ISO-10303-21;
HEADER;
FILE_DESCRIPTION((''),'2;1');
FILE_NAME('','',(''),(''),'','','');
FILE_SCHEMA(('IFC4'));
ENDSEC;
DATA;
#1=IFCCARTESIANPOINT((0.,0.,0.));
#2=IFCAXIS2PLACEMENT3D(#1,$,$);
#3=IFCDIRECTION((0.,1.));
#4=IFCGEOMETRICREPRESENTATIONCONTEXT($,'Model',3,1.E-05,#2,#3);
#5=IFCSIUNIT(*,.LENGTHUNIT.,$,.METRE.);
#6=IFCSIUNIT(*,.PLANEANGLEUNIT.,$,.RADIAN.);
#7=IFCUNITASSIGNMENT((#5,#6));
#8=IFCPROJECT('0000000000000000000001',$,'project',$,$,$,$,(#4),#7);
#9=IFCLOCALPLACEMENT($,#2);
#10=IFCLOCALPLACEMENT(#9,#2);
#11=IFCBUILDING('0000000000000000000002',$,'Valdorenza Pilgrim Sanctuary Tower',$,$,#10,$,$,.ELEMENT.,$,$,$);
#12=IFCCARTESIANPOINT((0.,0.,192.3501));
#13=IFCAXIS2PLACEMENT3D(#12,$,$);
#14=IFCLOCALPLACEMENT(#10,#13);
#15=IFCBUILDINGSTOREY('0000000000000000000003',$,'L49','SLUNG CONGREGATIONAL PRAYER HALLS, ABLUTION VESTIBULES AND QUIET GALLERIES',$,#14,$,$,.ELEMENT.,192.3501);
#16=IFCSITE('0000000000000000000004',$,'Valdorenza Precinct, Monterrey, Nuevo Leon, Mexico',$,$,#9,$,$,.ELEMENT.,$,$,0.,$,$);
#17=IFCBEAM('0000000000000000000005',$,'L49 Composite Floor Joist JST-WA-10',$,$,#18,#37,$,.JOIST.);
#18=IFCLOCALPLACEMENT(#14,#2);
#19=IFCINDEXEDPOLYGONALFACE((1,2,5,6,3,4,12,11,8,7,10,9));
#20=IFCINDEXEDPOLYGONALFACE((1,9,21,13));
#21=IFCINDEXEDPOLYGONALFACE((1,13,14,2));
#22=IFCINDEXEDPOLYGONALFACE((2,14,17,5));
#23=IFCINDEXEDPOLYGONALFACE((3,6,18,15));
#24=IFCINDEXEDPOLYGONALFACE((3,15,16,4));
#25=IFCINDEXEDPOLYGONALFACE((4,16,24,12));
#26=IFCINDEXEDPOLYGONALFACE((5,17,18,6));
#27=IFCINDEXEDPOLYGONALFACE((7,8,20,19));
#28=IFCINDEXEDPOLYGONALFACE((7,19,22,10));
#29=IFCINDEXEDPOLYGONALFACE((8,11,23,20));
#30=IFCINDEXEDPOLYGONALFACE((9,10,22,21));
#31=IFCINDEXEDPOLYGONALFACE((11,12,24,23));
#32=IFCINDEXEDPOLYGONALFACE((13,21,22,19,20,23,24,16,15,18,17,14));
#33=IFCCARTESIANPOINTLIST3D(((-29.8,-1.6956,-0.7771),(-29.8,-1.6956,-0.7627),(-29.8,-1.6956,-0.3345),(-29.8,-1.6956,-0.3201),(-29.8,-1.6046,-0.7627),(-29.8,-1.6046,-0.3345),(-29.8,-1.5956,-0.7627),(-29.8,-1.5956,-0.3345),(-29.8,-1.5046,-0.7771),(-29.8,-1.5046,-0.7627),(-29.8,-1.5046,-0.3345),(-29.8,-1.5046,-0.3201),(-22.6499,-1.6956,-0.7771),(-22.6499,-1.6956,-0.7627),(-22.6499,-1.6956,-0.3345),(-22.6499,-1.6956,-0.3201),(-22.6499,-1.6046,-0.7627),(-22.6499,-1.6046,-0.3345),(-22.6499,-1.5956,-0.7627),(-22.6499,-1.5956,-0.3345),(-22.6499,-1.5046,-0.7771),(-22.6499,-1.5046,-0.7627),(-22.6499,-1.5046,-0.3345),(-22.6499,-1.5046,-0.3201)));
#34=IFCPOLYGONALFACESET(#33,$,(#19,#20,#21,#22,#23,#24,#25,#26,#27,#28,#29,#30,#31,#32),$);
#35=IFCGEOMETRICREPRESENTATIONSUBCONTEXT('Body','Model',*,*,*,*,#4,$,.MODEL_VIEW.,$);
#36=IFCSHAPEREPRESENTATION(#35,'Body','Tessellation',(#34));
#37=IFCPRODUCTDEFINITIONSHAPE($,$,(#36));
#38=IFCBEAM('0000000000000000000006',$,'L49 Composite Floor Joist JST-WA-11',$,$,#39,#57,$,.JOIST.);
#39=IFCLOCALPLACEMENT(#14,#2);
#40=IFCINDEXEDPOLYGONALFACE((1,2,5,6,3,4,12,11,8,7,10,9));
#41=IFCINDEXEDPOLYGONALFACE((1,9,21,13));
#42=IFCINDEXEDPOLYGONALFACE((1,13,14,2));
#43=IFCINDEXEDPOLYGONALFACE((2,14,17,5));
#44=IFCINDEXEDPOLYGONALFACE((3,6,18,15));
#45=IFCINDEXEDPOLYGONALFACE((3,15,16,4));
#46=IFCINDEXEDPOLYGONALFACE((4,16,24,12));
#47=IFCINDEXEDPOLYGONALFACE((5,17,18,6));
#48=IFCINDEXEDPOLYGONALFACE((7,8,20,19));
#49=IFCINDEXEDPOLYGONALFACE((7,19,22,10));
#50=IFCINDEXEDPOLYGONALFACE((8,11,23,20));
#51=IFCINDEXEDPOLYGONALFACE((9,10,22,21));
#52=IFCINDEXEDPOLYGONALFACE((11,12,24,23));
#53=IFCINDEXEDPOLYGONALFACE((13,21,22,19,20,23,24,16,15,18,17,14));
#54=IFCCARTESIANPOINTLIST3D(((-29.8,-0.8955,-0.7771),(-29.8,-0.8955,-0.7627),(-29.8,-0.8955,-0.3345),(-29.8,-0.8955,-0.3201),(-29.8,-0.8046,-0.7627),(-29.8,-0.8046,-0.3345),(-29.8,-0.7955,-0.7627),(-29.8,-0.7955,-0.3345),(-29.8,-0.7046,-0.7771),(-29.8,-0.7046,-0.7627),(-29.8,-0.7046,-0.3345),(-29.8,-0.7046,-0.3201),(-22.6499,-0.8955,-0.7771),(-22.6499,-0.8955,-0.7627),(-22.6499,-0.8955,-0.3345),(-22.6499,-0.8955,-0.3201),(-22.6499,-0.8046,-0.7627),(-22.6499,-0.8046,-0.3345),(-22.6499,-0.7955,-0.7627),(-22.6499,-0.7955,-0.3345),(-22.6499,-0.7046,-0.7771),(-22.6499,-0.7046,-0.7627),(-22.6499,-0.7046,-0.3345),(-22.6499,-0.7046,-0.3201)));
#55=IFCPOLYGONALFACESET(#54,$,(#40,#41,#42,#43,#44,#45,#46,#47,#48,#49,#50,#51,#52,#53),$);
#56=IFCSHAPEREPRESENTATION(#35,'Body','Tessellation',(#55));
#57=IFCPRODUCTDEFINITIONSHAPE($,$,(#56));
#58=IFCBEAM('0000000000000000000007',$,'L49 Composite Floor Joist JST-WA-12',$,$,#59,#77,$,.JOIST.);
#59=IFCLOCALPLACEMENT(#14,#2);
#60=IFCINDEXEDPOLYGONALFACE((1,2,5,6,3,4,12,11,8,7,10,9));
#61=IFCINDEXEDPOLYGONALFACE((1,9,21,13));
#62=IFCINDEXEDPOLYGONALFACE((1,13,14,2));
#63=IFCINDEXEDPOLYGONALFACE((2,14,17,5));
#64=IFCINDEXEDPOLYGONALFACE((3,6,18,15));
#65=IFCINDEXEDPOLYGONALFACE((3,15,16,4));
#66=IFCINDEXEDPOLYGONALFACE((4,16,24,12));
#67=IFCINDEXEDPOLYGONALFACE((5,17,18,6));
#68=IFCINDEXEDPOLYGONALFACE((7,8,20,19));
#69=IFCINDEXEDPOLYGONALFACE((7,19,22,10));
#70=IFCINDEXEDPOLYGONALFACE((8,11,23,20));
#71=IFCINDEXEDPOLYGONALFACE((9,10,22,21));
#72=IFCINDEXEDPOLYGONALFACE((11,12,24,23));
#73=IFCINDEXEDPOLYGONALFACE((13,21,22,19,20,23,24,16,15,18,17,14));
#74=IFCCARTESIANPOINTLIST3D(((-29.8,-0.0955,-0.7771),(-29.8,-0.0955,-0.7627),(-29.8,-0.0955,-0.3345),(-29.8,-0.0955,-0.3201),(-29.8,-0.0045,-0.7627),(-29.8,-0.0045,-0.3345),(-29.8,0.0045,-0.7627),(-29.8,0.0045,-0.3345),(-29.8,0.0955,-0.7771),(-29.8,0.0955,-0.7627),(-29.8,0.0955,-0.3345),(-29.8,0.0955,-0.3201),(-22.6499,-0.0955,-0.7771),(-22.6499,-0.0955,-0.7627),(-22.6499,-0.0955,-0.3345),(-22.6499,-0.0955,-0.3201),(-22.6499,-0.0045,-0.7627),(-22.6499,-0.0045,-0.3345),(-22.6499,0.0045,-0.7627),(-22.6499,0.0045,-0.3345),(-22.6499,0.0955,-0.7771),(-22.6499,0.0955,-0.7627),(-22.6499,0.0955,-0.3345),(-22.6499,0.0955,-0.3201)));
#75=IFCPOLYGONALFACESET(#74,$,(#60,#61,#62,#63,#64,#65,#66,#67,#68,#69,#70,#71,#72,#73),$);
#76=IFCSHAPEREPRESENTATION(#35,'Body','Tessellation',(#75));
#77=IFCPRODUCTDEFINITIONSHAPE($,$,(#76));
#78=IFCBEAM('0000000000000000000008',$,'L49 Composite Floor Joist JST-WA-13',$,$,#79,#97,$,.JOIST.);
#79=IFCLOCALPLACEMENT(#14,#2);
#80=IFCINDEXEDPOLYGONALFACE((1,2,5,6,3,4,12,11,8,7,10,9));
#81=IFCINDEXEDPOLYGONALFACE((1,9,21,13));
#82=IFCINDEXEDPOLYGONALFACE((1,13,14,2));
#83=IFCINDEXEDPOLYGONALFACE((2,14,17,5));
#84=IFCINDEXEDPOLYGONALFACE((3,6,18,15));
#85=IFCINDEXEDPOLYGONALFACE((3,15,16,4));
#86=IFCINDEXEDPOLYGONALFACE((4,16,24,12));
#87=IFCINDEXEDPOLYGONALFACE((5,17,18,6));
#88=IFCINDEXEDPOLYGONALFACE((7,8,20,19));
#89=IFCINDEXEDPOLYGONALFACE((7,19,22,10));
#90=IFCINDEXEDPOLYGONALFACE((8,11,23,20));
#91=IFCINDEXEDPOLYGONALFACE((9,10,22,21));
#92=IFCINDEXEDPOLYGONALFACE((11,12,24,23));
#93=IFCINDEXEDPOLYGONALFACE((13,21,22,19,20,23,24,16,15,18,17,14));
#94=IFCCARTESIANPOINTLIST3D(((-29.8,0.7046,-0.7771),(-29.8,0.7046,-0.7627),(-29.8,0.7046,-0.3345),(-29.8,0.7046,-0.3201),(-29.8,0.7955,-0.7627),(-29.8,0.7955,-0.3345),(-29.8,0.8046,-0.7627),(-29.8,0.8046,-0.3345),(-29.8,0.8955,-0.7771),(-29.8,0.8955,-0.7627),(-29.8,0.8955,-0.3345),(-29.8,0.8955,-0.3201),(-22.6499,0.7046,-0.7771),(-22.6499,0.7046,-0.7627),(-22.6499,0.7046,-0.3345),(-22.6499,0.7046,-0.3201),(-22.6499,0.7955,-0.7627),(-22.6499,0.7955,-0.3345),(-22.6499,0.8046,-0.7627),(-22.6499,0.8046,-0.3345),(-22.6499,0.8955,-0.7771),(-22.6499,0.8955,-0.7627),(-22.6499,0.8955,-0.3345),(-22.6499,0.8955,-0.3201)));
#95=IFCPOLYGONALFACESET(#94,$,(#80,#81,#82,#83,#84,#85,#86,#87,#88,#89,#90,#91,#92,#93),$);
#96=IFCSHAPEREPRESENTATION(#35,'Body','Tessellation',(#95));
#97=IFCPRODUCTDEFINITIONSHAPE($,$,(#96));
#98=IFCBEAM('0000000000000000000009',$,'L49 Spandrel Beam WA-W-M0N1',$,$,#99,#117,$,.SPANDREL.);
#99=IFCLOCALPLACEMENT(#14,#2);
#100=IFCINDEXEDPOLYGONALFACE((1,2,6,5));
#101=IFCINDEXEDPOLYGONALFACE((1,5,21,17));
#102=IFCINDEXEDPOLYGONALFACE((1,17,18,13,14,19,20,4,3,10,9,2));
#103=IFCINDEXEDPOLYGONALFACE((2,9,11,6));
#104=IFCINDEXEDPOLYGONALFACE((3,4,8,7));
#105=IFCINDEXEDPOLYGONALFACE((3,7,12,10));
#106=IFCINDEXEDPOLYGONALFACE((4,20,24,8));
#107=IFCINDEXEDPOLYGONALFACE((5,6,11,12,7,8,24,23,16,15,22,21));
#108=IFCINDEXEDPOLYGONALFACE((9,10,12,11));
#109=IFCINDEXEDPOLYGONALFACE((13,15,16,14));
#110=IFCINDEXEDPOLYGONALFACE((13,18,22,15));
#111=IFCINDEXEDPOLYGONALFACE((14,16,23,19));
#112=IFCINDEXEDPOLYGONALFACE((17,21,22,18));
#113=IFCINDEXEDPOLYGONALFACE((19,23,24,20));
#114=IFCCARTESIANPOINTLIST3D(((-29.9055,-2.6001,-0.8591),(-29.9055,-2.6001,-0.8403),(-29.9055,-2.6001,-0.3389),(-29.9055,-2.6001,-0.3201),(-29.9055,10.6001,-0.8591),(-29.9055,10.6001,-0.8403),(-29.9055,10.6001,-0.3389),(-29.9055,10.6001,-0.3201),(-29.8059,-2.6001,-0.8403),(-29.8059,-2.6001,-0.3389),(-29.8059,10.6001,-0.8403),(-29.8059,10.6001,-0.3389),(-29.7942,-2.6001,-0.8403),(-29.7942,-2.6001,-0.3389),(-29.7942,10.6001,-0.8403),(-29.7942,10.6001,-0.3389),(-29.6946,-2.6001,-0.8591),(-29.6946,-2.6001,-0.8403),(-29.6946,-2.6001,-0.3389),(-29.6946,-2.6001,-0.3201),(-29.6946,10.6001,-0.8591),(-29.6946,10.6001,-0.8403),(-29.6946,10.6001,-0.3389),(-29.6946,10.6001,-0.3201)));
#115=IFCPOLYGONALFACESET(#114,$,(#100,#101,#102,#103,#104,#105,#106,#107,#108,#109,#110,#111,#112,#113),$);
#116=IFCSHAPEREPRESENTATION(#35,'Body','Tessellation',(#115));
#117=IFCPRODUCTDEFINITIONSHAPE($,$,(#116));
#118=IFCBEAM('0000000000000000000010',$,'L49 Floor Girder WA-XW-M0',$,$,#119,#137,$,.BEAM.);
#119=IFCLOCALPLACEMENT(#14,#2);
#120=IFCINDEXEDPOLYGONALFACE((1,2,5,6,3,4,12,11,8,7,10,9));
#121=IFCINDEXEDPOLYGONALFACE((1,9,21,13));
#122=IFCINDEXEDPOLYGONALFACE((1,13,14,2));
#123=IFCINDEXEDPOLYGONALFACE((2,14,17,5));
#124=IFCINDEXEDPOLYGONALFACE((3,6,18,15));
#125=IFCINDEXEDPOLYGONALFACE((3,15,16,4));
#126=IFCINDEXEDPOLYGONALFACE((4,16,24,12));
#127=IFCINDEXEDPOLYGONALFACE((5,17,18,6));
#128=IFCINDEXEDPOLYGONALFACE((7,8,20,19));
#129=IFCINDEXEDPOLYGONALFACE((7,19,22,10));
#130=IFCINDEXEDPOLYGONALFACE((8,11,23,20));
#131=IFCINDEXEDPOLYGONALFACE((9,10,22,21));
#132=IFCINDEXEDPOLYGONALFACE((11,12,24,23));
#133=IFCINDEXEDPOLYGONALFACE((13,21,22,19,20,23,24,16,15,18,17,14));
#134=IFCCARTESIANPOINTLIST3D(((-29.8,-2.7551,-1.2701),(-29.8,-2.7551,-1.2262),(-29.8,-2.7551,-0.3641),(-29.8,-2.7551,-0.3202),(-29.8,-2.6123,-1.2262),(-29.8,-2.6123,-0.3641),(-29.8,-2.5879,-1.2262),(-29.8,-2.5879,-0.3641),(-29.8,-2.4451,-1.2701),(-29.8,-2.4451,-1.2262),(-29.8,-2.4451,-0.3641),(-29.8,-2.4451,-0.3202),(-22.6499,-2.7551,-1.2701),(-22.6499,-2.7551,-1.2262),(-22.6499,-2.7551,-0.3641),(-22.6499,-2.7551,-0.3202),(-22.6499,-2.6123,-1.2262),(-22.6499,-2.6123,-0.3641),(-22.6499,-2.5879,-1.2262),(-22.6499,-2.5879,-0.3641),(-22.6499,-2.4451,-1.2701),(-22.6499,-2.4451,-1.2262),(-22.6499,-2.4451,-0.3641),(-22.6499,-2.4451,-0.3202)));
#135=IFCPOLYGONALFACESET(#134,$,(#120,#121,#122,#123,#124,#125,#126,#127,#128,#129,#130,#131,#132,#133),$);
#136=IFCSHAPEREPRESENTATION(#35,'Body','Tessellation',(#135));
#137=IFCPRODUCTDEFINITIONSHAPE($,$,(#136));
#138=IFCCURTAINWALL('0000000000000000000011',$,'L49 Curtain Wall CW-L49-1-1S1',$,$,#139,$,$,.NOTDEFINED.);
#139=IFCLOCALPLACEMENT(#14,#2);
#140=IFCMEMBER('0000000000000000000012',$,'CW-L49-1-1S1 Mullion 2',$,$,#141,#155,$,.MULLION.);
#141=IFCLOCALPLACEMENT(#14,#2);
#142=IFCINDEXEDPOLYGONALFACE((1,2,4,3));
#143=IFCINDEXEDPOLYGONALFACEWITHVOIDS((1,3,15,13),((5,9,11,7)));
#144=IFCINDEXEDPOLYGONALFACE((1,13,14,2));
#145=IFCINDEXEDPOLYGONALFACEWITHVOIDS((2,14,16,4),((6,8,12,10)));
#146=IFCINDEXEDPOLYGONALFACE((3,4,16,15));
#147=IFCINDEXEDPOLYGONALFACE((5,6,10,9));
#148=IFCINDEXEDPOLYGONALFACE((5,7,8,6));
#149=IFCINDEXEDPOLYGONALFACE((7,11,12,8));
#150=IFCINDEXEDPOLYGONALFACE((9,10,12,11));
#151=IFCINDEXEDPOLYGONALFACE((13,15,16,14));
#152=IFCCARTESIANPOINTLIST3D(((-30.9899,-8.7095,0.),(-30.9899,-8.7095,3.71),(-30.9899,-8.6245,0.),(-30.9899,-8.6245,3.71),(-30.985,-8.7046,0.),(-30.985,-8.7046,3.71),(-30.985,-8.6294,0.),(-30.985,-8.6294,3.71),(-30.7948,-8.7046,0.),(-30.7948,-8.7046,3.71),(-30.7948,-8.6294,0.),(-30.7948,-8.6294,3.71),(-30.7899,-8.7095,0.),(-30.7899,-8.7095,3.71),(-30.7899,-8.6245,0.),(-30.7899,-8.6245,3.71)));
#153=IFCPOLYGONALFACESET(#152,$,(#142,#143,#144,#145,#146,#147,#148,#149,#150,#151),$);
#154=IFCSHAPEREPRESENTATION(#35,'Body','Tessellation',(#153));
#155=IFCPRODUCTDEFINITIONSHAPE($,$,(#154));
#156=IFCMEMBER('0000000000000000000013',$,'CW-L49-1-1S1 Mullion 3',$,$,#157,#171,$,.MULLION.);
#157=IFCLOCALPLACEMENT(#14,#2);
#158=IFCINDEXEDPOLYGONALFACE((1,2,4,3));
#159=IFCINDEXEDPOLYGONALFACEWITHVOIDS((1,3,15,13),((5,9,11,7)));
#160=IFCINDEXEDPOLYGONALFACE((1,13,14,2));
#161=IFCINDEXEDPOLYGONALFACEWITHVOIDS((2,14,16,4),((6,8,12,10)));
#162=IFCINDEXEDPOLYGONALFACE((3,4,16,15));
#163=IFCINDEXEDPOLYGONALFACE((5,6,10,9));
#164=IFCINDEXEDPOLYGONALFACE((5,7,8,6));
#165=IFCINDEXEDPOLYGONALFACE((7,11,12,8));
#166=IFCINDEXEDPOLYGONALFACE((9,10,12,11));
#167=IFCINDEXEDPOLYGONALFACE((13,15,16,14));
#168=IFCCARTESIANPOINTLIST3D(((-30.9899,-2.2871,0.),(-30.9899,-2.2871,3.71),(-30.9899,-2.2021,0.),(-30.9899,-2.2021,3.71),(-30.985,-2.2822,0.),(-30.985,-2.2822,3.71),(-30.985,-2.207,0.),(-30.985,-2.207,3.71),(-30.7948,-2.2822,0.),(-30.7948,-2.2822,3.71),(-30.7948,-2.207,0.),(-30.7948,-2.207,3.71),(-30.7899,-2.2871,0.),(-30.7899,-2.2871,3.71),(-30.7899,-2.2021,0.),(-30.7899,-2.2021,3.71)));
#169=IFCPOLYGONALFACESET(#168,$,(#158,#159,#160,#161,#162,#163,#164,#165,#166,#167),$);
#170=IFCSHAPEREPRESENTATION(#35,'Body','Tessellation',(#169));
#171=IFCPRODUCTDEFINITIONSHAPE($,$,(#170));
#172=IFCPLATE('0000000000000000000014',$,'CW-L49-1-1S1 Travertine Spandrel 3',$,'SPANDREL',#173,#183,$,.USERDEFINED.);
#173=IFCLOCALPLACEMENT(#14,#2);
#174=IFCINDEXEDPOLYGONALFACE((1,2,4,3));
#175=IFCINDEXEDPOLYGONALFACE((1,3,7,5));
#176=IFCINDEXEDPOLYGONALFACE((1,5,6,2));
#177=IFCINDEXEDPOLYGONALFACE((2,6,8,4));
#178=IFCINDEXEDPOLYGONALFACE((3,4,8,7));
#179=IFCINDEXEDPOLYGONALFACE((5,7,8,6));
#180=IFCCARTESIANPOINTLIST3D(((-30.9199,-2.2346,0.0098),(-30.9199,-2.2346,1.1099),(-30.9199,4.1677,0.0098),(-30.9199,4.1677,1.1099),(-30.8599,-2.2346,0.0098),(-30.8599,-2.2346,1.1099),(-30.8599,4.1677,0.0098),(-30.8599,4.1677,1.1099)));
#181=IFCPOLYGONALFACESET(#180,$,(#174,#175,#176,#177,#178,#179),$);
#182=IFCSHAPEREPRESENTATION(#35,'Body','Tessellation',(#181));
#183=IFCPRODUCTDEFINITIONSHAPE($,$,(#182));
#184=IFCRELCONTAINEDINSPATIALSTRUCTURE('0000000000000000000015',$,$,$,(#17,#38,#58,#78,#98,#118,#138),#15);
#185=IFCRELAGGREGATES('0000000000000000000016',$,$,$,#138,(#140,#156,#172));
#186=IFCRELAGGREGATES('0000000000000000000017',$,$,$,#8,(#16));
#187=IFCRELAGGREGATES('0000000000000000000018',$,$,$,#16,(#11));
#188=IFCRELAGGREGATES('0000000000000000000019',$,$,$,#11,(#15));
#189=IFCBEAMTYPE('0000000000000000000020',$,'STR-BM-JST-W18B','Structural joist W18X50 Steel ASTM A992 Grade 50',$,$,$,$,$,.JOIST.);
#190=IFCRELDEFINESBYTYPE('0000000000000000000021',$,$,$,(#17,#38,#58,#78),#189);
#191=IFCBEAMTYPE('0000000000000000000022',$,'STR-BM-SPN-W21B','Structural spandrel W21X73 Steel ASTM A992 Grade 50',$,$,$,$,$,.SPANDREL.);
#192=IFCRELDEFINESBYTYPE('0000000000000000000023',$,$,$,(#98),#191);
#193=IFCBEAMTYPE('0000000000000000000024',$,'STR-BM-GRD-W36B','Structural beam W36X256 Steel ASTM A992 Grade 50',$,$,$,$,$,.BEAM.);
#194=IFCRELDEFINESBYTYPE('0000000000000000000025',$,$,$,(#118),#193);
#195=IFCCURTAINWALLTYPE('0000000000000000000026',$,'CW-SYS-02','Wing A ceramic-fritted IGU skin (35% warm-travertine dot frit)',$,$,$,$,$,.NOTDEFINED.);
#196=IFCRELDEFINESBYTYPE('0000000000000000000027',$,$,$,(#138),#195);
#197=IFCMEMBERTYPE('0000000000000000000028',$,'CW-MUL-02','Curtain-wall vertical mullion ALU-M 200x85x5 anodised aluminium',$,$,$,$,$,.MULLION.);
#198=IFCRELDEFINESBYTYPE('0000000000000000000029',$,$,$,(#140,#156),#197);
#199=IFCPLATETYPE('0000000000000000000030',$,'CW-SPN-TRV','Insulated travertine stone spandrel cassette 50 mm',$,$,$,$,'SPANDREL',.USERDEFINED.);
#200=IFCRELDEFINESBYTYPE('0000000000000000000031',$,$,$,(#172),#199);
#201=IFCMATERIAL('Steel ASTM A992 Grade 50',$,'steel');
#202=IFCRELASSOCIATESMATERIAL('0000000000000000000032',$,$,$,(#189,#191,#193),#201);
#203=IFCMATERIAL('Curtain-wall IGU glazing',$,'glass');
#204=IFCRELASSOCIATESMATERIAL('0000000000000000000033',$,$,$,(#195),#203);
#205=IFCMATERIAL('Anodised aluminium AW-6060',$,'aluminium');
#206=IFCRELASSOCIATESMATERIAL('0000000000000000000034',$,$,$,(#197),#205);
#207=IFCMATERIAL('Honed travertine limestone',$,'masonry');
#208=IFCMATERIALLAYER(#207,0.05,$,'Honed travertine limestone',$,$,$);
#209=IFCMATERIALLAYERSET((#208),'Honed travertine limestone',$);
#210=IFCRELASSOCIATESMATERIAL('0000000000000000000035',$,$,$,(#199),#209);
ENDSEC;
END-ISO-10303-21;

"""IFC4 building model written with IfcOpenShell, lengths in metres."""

from ifc_helpers import new_model, si_unit, direction, frame, origin, origin_2d, place, context, subcontext, project, spatial, rectangle, hollow_rectangle, i_section, extrude, source, transform, mapped, material, layer, layer_set, material_profile, profile_set, type_object, element, aggregate, save


model = new_model("IFC4")

# Units and contexts
model_context = context("Model", 3, precision=1e-05, world=origin(), true_north=direction((0.0, 1.0)))
body_context = subcontext(model_context, "Body", "Model", "MODEL_VIEW")
ifc_project = project(units=[si_unit("LENGTHUNIT", "METRE"), si_unit("PLANEANGLEUNIT", "RADIAN")], contexts=[model_context])

# Site, building, storey
site_placement = place(None, origin())
site = spatial("IfcSite", under=ifc_project, at=site_placement, Name="Valdorenza Precinct, Monterrey, Nuevo Leon, Mexico", CompositionType="ELEMENT", RefElevation=0.0)
building_placement = place(site_placement, origin())
building = spatial("IfcBuilding", under=site, at=building_placement, Name="Valdorenza Pilgrim Sanctuary Tower", CompositionType="ELEMENT")
storey_placement = place(building_placement, frame((0.0, 0.0, 192.3501)))
storey = spatial("IfcBuildingStorey", under=building, at=storey_placement, Name="L49", Description="SLUNG CONGREGATIONAL PRAYER HALLS, ABLUTION VESTIBULES AND QUIET GALLERIES", CompositionType="ELEMENT", Elevation=192.3501)

# Beams
ifc_material_1 = material(Name="Steel ASTM A992 Grade 50", Category="steel")
ifc_material_profile_1 = material_profile(ifc_material_1, i_section(OverallWidth=0.1909, OverallDepth=0.457, WebThickness=0.009, FlangeThickness=0.0144, at=origin_2d()), Name="W18X50")
ifc_profile_set_1 = profile_set([ifc_material_profile_1], Name="Steel ASTM A992 Grade 50")
beam_type_1 = type_object("IfcBeamType", Name="STR-BM-JST-W18B", Description="Structural joist W18X50 Steel ASTM A992 Grade 50", PredefinedType="JOIST", material=ifc_profile_set_1)
shared_shape_1 = source(origin(), body_context, "Body", "SweptSolid", [
    extrude(i_section(OverallWidth=0.1909, OverallDepth=0.457, WebThickness=0.009, FlangeThickness=0.0144, at=origin_2d()), origin(), (0.0, 0.0, 1.0), 7.1501),
])
for number, where, z_axis, x_axis, name in (
    (1, (-29.8, -1.6001, -0.5486), (1.0, 0.0, 0.0), (0.0, 1.0, 0.0), "L49 Composite Floor Joist JST-WA-10"),
    (2, (-29.8, -0.8, -0.5486), (1.0, 0.0, 0.0), (0.0, 1.0, 0.0), "L49 Composite Floor Joist JST-WA-11"),
    (3, (-29.8, 0.0, -0.5486), (1.0, 0.0, 0.0), (0.0, 1.0, 0.0), "L49 Composite Floor Joist JST-WA-12"),
    (4, (-29.8, 0.8, -0.5486), (1.0, 0.0, 0.0), (0.0, 1.0, 0.0), "L49 Composite Floor Joist JST-WA-13"),
):
    element("IfcBeam", number, at=place(storey_placement, frame(where, z_axis=z_axis, x_axis=x_axis)), inside=storey, type_object=beam_type_1, Name=name, PredefinedType="JOIST", context=body_context, shape_type="MappedRepresentation", body=[
        mapped(shared_shape_1, transform((0.0, 0.0, 0.0), x_axis=(1.0, 0.0, 0.0), y_axis=(0.0, 1.0, 0.0), z_axis=(0.0, 0.0, 1.0), scale=1.0)),
    ])
ifc_material_profile_2 = material_profile(ifc_material_1, i_section(OverallWidth=0.2109, OverallDepth=0.5391, WebThickness=0.0117, FlangeThickness=0.0188, at=origin_2d()), Name="W21X73")
ifc_profile_set_2 = profile_set([ifc_material_profile_2], Name="Steel ASTM A992 Grade 50")
beam_type_2 = type_object("IfcBeamType", Name="STR-BM-SPN-W21B", Description="Structural spandrel W21X73 Steel ASTM A992 Grade 50", PredefinedType="SPANDREL", material=ifc_profile_set_2)
shared_shape_2 = source(origin(), body_context, "Body", "SweptSolid", [
    extrude(i_section(OverallWidth=0.2109, OverallDepth=0.5391, WebThickness=0.0117, FlangeThickness=0.0188, at=origin_2d()), origin(), (0.0, 0.0, 1.0), 13.2002),
])
beam_1_placement = place(storey_placement, frame((-29.8, -2.6001, -0.5896), z_axis=(0.0, 1.0, 0.0), x_axis=(-1.0, 0.0, 0.0)))
element("IfcBeam", 5, at=beam_1_placement, inside=storey, type_object=beam_type_2, Name="L49 Spandrel Beam WA-W-M0N1", PredefinedType="SPANDREL", context=body_context, shape_type="MappedRepresentation", body=[
    mapped(shared_shape_2, transform((0.0, 0.0, 0.0), x_axis=(1.0, 0.0, 0.0), y_axis=(0.0, 1.0, 0.0), z_axis=(0.0, 0.0, 1.0), scale=1.0)),
])
ifc_material_profile_3 = material_profile(ifc_material_1, i_section(OverallWidth=0.3101, OverallDepth=0.95, WebThickness=0.0244, FlangeThickness=0.0439, at=origin_2d()), Name="W36X256")
ifc_profile_set_3 = profile_set([ifc_material_profile_3], Name="Steel ASTM A992 Grade 50")
beam_type_3 = type_object("IfcBeamType", Name="STR-BM-GRD-W36B", Description="Structural beam W36X256 Steel ASTM A992 Grade 50", PredefinedType="BEAM", material=ifc_profile_set_3)
shared_shape_3 = source(origin(), body_context, "Body", "SweptSolid", [
    extrude(i_section(OverallWidth=0.3101, OverallDepth=0.95, WebThickness=0.0244, FlangeThickness=0.0439, at=origin_2d()), origin(), (0.0, 0.0, 1.0), 7.1501),
])
beam_2_placement = place(storey_placement, frame((-29.8, -2.6001, -0.7952), z_axis=(1.0, 0.0, 0.0), x_axis=(0.0, 1.0, 0.0)))
element("IfcBeam", 6, at=beam_2_placement, inside=storey, type_object=beam_type_3, Name="L49 Floor Girder WA-XW-M0", PredefinedType="BEAM", context=body_context, shape_type="MappedRepresentation", body=[
    mapped(shared_shape_3, transform((0.0, 0.0, 0.0), x_axis=(1.0, 0.0, 0.0), y_axis=(0.0, 1.0, 0.0), z_axis=(0.0, 0.0, 1.0), scale=1.0)),
])

# Curtain wall, members, plate
ifc_material_2 = material(Name="Curtain-wall IGU glazing", Category="glass")
curtain_wall_type = type_object("IfcCurtainWallType", Name="CW-SYS-02", Description="Wing A ceramic-fritted IGU skin (35% warm-travertine dot frit)", PredefinedType="NOTDEFINED", material=ifc_material_2)
curtain_wall_placement = place(storey_placement, origin())
curtain_wall = element("IfcCurtainWall", 7, at=curtain_wall_placement, inside=storey, type_object=curtain_wall_type, Name="L49 Curtain Wall CW-L49-1-1S1", PredefinedType="NOTDEFINED")
ifc_material_3 = material(Name="Anodised aluminium AW-6060", Category="aluminium")
ifc_material_profile_4 = material_profile(ifc_material_3, hollow_rectangle(XDim=0.085, YDim=0.2, WallThickness=0.0049, at=origin_2d()), Name="ALU-M 200x85x5")
ifc_profile_set_4 = profile_set([ifc_material_profile_4], Name="Anodised aluminium AW-6060")
member_type = type_object("IfcMemberType", Name="CW-MUL-02", Description="Curtain-wall vertical mullion ALU-M 200x85x5 anodised aluminium", PredefinedType="MULLION", material=ifc_profile_set_4)
shared_shape_4 = source(origin(), body_context, "Body", "SweptSolid", [
    extrude(hollow_rectangle(XDim=0.085, YDim=0.2, WallThickness=0.0049, at=origin_2d()), origin(), (0.0, 0.0, 1.0), 3.71),
])
member_1_placement = place(storey_placement, frame((-30.8899, -8.667, 0.0), z_axis=(0.0, 0.0, 1.0), x_axis=(0.0, 1.0, 0.0)))
member_1 = element("IfcMember", 8, at=member_1_placement, type_object=member_type, Name="CW-L49-1-1S1 Mullion 2", PredefinedType="MULLION", context=body_context, shape_type="MappedRepresentation", body=[
    mapped(shared_shape_4, transform((0.0, 0.0, 0.0), x_axis=(1.0, 0.0, 0.0), y_axis=(0.0, 1.0, 0.0), z_axis=(0.0, 0.0, 1.0), scale=1.0)),
])
member_2_placement = place(storey_placement, frame((-30.8899, -2.2446, 0.0), z_axis=(0.0, 0.0, 1.0), x_axis=(0.0, 1.0, 0.0)))
member_2 = element("IfcMember", 9, at=member_2_placement, type_object=member_type, Name="CW-L49-1-1S1 Mullion 3", PredefinedType="MULLION", context=body_context, shape_type="MappedRepresentation", body=[
    mapped(shared_shape_4, transform((0.0, 0.0, 0.0), x_axis=(1.0, 0.0, 0.0), y_axis=(0.0, 1.0, 0.0), z_axis=(0.0, 0.0, 1.0), scale=1.0)),
])
ifc_material_4 = material(Name="Honed travertine limestone", Category="masonry")
ifc_layer_1 = layer(ifc_material_4, 0.05, Name="Honed travertine limestone")
ifc_layer_set_1 = layer_set([ifc_layer_1], Name="Honed travertine limestone")
plate_type_1 = type_object("IfcPlateType", Name="CW-SPN-TRV", Description="Insulated travertine stone spandrel cassette 50 mm", ElementType="SPANDREL", PredefinedType="USERDEFINED", material=ifc_layer_set_1)
shared_shape_5 = source(origin(), body_context, "Body", "SweptSolid", [
    extrude(rectangle(XDim=6.4023, YDim=0.0601, at=origin_2d()), origin(), (0.0, 0.0, 1.0), 1.1001),
])
plate_1_placement = place(storey_placement, frame((-30.8899, 0.9666, 0.0098), z_axis=(0.0, 0.0, 1.0), x_axis=(0.0, 1.0, 0.0)))
plate_1 = element("IfcPlate", 10, at=plate_1_placement, type_object=plate_type_1, Name="CW-L49-1-1S1 Travertine Spandrel 3", ObjectType="SPANDREL", PredefinedType="USERDEFINED", context=body_context, shape_type="MappedRepresentation", body=[
    mapped(shared_shape_5, transform((0.0, 0.0, 0.0), x_axis=(1.0, 0.0, 0.0), y_axis=(0.0, 1.0, 0.0), z_axis=(0.0, 0.0, 1.0), scale=1.0)),
])
aggregate(curtain_wall, [member_1, member_2, plate_1])

save(model, "model.ifc")
